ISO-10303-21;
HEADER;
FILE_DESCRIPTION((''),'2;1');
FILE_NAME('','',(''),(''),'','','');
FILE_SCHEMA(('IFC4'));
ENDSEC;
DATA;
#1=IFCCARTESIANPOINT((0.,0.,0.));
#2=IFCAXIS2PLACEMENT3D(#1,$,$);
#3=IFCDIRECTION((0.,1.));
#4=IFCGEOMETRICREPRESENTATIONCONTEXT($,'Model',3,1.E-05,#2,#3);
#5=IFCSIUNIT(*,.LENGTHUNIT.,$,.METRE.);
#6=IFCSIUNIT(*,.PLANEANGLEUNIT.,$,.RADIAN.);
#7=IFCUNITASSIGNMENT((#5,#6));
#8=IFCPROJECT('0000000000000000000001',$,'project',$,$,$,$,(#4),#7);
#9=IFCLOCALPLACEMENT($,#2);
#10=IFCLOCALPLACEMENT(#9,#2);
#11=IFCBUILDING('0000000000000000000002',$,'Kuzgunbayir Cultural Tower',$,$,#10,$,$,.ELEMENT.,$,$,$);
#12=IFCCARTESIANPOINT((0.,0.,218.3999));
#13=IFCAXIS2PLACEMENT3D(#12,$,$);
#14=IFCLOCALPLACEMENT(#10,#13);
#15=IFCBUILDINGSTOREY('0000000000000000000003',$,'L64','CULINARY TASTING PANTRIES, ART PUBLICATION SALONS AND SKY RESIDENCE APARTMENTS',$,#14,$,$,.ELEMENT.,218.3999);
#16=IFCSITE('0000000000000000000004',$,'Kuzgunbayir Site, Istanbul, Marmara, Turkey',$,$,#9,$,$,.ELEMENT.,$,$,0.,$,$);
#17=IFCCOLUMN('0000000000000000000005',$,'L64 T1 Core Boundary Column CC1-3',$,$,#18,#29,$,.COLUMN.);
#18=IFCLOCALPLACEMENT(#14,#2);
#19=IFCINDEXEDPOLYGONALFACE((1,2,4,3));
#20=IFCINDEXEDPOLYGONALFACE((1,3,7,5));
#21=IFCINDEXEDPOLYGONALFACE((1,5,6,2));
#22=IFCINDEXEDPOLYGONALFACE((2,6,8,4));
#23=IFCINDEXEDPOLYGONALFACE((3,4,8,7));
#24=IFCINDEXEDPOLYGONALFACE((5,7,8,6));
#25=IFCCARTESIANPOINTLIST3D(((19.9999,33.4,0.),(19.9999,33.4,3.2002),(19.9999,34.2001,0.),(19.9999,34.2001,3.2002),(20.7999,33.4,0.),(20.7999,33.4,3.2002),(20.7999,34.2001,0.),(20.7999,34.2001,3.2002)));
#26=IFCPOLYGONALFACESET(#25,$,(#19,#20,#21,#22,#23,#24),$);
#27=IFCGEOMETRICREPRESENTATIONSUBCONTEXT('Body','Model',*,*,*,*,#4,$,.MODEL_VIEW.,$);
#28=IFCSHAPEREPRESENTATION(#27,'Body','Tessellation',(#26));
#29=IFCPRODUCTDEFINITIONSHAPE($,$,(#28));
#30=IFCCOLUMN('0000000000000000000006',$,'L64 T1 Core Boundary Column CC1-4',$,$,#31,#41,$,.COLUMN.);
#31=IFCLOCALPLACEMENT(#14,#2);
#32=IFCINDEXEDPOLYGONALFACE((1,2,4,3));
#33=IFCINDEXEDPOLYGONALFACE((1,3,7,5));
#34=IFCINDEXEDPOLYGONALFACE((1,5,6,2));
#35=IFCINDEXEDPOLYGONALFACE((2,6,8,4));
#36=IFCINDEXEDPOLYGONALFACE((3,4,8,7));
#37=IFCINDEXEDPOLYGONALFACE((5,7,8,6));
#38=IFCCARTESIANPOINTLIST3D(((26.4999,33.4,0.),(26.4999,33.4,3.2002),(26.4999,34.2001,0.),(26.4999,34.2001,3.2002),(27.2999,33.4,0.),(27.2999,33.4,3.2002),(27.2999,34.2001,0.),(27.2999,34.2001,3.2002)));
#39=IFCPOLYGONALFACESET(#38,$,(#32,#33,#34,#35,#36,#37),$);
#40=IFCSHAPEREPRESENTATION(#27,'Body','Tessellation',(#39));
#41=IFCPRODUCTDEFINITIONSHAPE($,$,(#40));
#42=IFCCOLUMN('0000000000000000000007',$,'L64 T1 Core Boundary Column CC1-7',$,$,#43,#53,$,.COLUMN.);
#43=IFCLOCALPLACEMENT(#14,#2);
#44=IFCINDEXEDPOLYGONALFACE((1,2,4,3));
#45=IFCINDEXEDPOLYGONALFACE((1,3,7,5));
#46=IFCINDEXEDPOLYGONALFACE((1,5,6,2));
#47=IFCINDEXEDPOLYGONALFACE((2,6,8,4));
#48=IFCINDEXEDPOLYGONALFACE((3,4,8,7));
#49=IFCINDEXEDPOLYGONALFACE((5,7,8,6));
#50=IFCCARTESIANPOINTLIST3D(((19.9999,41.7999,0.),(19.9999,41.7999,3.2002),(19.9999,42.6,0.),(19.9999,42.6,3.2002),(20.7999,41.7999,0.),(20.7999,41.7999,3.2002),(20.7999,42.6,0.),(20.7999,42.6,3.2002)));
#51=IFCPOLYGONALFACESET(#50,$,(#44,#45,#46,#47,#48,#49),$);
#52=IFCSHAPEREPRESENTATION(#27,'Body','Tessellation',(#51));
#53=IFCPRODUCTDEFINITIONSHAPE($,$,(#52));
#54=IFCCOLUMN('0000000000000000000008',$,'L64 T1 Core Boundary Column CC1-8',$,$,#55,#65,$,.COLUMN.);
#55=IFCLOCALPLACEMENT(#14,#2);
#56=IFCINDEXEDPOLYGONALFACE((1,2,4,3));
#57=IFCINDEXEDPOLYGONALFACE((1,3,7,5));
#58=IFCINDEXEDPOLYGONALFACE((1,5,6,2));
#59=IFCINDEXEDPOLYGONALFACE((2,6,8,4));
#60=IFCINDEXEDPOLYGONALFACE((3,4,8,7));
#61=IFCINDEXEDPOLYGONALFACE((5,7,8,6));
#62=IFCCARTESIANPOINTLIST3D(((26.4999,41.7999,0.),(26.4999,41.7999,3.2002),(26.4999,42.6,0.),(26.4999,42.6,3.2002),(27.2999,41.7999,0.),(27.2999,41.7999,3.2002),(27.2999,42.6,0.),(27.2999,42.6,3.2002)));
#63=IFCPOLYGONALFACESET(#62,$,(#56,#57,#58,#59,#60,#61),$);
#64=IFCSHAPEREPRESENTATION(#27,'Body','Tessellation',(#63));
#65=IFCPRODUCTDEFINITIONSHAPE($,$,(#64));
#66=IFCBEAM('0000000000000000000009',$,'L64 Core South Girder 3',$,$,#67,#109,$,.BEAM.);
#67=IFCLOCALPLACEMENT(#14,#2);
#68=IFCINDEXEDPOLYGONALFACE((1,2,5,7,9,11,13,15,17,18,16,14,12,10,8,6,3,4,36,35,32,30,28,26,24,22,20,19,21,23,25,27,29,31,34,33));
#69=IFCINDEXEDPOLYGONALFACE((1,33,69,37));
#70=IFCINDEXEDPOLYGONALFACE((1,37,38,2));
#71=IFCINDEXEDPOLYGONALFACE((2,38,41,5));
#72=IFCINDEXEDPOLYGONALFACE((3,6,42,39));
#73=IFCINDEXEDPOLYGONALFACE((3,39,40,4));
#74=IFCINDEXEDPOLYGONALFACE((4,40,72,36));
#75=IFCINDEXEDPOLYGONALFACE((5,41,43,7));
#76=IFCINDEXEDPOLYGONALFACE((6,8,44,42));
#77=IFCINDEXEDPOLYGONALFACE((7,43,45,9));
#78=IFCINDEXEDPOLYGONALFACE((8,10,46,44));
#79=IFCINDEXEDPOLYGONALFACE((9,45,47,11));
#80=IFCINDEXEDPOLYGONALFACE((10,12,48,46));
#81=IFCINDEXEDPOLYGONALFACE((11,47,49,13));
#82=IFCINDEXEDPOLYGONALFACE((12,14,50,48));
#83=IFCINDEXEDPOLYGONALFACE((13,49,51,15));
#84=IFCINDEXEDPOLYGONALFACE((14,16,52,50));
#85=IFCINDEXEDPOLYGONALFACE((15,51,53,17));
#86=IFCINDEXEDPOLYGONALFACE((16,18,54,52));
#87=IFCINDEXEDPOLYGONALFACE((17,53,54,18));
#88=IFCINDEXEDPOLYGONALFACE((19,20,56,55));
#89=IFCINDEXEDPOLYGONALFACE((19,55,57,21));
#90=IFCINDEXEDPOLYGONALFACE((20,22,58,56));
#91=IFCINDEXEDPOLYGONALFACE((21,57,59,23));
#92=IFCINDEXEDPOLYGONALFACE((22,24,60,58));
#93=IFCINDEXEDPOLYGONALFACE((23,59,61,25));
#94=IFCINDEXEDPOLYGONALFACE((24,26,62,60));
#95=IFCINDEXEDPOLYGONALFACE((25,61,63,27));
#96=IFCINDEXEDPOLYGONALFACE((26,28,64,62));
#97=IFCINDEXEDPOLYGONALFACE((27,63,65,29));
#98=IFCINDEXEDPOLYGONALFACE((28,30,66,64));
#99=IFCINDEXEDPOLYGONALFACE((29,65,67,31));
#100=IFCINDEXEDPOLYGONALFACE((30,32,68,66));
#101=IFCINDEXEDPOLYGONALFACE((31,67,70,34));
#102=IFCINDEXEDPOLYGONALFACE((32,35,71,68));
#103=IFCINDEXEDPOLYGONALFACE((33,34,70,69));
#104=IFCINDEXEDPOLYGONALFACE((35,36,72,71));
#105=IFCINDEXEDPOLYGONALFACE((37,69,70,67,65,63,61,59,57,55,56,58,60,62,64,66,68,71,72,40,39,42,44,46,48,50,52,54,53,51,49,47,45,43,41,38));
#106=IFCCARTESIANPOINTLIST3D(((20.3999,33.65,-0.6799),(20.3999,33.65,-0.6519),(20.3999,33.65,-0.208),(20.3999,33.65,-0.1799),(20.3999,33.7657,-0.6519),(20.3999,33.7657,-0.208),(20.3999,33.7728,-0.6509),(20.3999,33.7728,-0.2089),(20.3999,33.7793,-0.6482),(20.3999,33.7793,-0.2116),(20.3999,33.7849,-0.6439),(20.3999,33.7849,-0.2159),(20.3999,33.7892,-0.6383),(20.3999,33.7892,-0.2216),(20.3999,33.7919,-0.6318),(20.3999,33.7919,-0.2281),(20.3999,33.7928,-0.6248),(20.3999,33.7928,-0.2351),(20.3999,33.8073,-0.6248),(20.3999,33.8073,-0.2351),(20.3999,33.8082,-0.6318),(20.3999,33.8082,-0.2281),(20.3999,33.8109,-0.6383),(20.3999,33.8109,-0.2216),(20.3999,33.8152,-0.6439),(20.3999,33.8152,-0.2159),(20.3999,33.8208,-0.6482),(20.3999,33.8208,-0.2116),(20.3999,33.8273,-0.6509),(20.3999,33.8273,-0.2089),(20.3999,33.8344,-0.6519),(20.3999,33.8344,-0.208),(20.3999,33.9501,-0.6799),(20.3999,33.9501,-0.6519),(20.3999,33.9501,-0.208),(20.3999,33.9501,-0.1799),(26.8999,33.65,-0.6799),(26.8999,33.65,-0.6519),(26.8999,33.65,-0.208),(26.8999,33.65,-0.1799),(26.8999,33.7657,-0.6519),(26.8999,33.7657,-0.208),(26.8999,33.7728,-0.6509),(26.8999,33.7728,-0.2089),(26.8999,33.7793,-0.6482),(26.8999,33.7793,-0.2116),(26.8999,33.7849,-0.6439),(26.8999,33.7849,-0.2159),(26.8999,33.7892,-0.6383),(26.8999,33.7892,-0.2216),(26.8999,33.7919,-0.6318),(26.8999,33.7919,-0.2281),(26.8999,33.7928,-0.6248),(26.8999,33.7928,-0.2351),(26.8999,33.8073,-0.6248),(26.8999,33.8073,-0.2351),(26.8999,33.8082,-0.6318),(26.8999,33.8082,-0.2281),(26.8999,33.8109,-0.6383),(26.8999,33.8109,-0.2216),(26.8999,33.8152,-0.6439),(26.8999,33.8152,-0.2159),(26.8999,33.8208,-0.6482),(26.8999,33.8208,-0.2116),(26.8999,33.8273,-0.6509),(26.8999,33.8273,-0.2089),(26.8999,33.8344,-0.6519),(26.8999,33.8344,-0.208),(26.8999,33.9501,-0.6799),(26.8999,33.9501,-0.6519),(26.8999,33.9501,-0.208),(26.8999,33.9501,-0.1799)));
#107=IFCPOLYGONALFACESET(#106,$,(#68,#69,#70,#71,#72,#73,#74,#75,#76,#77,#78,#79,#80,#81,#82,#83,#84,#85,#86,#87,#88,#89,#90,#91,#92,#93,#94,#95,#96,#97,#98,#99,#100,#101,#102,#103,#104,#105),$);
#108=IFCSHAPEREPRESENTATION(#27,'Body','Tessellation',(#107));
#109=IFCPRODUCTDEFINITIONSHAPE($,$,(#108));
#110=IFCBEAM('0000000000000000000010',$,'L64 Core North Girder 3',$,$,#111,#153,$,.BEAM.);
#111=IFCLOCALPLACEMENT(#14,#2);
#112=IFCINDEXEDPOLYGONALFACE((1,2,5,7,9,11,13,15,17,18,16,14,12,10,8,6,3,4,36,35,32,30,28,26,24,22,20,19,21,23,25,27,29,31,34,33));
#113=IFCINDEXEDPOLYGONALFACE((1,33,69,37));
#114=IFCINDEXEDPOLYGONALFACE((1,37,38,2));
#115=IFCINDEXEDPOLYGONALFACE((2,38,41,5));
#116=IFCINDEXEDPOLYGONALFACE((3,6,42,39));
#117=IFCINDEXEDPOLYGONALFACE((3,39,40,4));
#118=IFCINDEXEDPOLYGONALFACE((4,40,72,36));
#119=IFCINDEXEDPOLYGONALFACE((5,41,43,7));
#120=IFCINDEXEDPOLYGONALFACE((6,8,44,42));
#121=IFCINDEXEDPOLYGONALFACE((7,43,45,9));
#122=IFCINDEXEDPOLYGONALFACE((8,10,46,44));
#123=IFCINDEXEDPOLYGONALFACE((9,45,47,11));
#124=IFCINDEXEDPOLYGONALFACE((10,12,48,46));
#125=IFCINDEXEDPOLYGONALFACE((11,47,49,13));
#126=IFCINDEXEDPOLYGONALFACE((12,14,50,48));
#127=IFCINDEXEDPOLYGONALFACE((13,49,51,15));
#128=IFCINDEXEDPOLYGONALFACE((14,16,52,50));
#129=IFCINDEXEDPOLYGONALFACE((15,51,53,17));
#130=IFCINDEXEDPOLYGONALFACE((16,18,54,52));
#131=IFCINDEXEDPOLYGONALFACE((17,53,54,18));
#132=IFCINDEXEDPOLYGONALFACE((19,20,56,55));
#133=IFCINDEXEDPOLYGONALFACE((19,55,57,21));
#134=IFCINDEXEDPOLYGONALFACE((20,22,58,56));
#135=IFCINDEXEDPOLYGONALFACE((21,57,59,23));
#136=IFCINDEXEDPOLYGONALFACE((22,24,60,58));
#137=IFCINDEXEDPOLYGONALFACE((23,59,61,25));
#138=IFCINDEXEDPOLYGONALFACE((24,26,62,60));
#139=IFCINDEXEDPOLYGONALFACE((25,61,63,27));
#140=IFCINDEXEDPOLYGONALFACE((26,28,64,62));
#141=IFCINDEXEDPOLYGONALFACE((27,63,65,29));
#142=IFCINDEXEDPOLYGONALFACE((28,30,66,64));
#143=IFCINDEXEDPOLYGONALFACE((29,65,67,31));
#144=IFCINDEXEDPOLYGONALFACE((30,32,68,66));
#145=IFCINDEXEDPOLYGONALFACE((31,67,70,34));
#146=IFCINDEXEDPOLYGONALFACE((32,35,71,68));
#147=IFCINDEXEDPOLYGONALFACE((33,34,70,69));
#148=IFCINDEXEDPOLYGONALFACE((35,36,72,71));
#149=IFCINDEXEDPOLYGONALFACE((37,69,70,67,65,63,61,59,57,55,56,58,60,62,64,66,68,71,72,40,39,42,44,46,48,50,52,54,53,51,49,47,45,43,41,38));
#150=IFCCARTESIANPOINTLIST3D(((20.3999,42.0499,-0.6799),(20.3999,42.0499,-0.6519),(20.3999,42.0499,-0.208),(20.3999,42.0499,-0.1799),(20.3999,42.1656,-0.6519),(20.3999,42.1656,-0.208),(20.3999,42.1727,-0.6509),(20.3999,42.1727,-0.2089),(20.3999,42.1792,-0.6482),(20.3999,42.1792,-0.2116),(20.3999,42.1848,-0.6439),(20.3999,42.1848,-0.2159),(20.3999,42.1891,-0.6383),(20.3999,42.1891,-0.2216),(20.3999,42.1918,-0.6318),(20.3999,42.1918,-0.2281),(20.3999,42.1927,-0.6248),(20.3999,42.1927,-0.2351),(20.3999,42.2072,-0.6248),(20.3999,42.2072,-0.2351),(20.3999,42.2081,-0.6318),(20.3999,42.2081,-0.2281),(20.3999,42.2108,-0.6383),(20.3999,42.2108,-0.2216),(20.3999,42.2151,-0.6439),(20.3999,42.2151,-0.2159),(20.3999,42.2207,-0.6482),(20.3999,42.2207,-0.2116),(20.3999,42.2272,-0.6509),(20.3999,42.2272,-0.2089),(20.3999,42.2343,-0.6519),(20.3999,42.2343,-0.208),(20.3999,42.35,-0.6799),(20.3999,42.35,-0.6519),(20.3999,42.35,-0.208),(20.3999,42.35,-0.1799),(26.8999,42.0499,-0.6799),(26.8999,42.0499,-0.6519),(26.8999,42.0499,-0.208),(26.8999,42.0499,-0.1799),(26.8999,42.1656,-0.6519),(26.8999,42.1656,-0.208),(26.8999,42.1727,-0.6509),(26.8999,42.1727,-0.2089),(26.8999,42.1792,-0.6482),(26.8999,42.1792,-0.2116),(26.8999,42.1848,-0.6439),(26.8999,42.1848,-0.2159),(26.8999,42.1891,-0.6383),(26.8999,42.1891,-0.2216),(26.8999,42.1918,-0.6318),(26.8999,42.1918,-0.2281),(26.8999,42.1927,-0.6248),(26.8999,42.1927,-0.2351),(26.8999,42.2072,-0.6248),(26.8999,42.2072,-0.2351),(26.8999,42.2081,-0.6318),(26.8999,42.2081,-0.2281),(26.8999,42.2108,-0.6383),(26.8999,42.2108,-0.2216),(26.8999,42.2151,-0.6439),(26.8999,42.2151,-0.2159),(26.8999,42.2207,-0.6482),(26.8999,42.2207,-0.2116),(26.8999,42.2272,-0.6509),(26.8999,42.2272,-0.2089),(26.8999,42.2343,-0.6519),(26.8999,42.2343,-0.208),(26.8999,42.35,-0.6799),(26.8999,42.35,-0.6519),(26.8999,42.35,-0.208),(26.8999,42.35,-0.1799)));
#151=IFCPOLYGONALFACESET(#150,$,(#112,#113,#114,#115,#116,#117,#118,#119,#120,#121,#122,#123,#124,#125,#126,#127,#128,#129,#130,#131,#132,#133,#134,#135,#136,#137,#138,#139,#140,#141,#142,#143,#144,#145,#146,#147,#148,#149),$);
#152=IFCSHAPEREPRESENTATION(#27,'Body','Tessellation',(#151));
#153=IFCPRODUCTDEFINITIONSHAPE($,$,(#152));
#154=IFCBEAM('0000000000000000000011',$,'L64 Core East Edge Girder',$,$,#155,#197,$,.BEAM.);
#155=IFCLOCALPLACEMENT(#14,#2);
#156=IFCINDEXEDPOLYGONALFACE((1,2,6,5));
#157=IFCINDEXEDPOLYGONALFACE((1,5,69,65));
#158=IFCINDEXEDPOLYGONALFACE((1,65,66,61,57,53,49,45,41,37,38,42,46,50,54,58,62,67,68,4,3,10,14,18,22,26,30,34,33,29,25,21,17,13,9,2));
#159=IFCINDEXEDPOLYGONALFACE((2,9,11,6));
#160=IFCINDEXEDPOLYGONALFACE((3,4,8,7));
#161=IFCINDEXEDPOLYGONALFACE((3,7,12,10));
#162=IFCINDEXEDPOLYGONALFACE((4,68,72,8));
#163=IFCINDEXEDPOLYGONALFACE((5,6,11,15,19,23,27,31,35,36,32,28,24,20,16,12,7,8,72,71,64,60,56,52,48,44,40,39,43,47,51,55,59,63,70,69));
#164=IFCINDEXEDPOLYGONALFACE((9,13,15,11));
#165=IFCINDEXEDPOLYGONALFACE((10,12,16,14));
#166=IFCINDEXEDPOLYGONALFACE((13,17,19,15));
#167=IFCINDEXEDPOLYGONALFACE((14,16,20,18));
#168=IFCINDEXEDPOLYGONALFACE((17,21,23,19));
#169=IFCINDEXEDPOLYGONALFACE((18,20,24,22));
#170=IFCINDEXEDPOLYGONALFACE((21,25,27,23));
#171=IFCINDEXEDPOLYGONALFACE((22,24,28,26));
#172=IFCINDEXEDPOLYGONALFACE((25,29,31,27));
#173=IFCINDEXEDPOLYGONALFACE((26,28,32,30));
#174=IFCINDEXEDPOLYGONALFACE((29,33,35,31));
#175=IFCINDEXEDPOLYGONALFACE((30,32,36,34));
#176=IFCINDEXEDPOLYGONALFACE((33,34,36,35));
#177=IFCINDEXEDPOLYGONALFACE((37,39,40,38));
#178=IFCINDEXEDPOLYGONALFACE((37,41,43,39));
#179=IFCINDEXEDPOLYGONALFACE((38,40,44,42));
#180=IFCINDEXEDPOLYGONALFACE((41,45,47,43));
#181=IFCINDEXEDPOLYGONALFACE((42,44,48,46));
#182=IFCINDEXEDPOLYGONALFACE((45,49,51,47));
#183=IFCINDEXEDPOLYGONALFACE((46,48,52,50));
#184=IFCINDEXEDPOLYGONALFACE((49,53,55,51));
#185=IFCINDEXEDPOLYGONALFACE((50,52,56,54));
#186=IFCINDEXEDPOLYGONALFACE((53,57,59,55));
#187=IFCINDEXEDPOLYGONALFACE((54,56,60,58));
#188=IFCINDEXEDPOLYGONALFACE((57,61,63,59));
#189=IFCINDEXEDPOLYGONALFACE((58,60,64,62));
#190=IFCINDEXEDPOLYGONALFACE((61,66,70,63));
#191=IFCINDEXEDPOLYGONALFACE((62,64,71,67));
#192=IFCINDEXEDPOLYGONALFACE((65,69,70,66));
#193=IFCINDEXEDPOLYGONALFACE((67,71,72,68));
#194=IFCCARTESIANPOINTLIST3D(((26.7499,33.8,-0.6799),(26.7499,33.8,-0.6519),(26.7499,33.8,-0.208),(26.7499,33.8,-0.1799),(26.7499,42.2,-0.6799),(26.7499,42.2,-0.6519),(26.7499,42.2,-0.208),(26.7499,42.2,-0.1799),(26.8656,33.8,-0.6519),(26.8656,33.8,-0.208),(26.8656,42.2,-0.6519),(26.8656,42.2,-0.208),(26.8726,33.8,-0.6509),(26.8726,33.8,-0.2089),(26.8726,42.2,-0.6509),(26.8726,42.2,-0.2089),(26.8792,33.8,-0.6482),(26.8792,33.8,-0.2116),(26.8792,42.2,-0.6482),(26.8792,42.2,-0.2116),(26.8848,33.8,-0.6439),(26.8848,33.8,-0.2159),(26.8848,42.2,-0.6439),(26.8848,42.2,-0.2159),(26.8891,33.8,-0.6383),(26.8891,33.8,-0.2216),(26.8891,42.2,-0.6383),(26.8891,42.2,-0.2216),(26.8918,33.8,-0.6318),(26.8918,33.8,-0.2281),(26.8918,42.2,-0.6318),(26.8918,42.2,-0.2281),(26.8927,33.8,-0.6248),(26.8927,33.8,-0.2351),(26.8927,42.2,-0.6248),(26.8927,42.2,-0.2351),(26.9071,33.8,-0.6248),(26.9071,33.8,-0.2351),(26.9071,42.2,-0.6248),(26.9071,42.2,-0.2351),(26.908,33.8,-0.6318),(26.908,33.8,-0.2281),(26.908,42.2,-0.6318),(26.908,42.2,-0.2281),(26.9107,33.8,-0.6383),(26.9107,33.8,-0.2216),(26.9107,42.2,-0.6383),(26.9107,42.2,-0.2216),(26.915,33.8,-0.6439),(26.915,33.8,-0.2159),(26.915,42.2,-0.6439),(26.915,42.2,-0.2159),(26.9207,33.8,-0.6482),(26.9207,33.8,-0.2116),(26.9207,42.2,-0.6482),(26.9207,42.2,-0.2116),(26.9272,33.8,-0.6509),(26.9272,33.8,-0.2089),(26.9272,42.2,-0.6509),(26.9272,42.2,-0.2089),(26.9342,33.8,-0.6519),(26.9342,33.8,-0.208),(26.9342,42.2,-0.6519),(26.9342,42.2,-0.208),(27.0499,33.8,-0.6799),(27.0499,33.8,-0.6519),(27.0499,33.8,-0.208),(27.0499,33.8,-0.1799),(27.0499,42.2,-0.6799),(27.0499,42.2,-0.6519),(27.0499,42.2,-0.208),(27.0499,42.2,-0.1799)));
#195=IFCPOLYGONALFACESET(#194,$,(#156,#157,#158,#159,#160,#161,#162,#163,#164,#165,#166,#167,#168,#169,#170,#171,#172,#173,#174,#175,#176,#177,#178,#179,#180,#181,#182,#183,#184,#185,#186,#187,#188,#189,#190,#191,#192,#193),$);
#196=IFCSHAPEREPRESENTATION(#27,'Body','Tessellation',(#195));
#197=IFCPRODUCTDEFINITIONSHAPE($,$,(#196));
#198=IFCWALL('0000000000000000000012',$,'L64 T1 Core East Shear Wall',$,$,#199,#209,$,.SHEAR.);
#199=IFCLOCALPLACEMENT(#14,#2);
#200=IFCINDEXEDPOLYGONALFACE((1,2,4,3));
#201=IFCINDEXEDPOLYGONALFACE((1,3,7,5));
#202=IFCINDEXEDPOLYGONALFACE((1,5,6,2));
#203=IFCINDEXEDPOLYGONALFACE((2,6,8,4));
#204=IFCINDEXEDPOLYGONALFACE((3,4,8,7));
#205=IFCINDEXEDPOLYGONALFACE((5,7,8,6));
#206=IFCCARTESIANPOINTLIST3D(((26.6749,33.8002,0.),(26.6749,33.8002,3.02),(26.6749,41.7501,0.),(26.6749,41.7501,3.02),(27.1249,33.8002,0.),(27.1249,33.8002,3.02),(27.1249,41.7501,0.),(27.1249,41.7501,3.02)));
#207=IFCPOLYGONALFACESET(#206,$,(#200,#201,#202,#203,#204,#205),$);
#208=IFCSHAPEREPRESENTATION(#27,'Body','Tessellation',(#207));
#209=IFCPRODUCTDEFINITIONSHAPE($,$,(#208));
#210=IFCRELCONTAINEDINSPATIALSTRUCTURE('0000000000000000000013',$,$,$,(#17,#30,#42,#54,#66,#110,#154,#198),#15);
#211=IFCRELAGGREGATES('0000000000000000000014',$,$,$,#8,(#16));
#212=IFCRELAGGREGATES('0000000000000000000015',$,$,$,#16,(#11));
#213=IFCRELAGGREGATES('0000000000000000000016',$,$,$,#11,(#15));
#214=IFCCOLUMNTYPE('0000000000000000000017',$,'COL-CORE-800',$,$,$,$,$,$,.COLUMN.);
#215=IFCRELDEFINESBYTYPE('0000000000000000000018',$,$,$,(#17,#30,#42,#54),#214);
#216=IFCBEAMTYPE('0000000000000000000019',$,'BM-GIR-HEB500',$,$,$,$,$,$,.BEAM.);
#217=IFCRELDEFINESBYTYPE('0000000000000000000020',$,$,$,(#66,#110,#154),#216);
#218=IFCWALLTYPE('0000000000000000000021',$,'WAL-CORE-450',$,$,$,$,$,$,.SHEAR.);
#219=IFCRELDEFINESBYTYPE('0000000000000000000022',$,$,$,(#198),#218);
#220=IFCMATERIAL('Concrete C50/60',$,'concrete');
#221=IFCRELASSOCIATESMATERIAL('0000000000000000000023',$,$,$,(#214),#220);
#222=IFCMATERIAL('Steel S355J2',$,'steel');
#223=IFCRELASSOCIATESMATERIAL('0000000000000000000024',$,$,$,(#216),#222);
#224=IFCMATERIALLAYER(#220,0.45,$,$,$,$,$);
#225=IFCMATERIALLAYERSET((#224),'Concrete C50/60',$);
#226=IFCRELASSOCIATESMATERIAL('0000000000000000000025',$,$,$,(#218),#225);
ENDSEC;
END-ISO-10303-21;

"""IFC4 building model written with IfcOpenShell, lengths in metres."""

from ifc_helpers import new_model, si_unit, direction, frame, frame_2d, origin, origin_2d, place, context, subcontext, project, spatial, rectangle, i_section, extrude, material, layer, layer_set, material_profile, profile_set, type_object, element, save


model = new_model("IFC4")

# Units and contexts
model_context = context("Model", 3, precision=1e-05, world=origin(), true_north=direction((0.0, 1.0)))
body_context = subcontext(model_context, "Body", "Model", "MODEL_VIEW")
ifc_project = project(units=[si_unit("LENGTHUNIT", "METRE"), si_unit("PLANEANGLEUNIT", "RADIAN")], contexts=[model_context])

# Site, building, storey
site_placement = place(None, origin())
site = spatial("IfcSite", under=ifc_project, at=site_placement, Name="Kuzgunbayir Site, Istanbul, Marmara, Turkey", CompositionType="ELEMENT", RefElevation=0.0)
building_placement = place(site_placement, origin())
building = spatial("IfcBuilding", under=site, at=building_placement, Name="Kuzgunbayir Cultural Tower", CompositionType="ELEMENT")
storey_placement = place(building_placement, frame((0.0, 0.0, 218.3999)))
storey = spatial("IfcBuildingStorey", under=building, at=storey_placement, Name="L64", Description="CULINARY TASTING PANTRIES, ART PUBLICATION SALONS AND SKY RESIDENCE APARTMENTS", CompositionType="ELEMENT", Elevation=218.3999)

# Columns
ifc_material_1 = material(Name="Concrete C50/60", Category="concrete")
ifc_material_profile_1 = material_profile(ifc_material_1, rectangle(XDim=0.8, YDim=0.8, at=origin_2d()), Name="RC 800x800")
ifc_profile_set_1 = profile_set([ifc_material_profile_1], Name="Concrete C50/60")
column_type = type_object("IfcColumnType", Name="COL-CORE-800", PredefinedType="COLUMN", material=ifc_profile_set_1)
for number, where, z_axis, x_axis, name in (
    (1, (20.3999, 33.8, 0.0), (0.0, 0.0, 1.0), (1.0, 0.0, 0.0), "L64 T1 Core Boundary Column CC1-3"),
    (2, (26.8999, 33.8, 0.0), (0.0, 0.0, 1.0), (1.0, 0.0, 0.0), "L64 T1 Core Boundary Column CC1-4"),
    (3, (20.3999, 42.2, 0.0), (0.0, 0.0, 1.0), (1.0, 0.0, 0.0), "L64 T1 Core Boundary Column CC1-7"),
    (4, (26.8999, 42.2, 0.0), (0.0, 0.0, 1.0), (1.0, 0.0, 0.0), "L64 T1 Core Boundary Column CC1-8"),
):
    element("IfcColumn", number, at=place(storey_placement, frame(where, z_axis=z_axis, x_axis=x_axis)), inside=storey, type_object=column_type, Name=name, PredefinedType="COLUMN", context=body_context, shape_type="SweptSolid", body=[
        extrude(rectangle(XDim=0.8, YDim=0.8, at=origin_2d()), origin(), (0.0, 0.0, 1.0), 3.2002),
    ])

# Beams
ifc_material_2 = material(Name="Steel S355J2", Category="steel")
ifc_material_profile_2 = material_profile(ifc_material_2, i_section(OverallWidth=0.3, OverallDepth=0.5, WebThickness=0.0144, FlangeThickness=0.0281, FilletRadius=0.0271, at=origin_2d()), Name="HEB 500")
ifc_profile_set_2 = profile_set([ifc_material_profile_2], Name="Steel S355J2")
beam_type = type_object("IfcBeamType", Name="BM-GIR-HEB500", PredefinedType="BEAM", material=ifc_profile_set_2)
for number, where, z_axis, x_axis, name in (
    (5, (20.3999, 33.8, -0.4299), (1.0, 0.0, 0.0), (0.0, 1.0, 0.0), "L64 Core South Girder 3"),
    (6, (20.3999, 42.2, -0.4299), (1.0, 0.0, 0.0), (0.0, 1.0, 0.0), "L64 Core North Girder 3"),
):
    element("IfcBeam", number, at=place(storey_placement, frame(where, z_axis=z_axis, x_axis=x_axis)), inside=storey, type_object=beam_type, Name=name, PredefinedType="BEAM", context=body_context, shape_type="SweptSolid", body=[
        extrude(i_section(OverallWidth=0.3, OverallDepth=0.5, WebThickness=0.0144, FlangeThickness=0.0281, FilletRadius=0.0271, at=origin_2d()), origin(), (0.0, 0.0, 1.0), 6.5),
    ])
beam_placement = place(storey_placement, frame((26.8999, 33.8, -0.4299), z_axis=(0.0, 1.0, 0.0), x_axis=(-1.0, 0.0, 0.0)))
element("IfcBeam", 7, at=beam_placement, inside=storey, type_object=beam_type, Name="L64 Core East Edge Girder", PredefinedType="BEAM", context=body_context, shape_type="SweptSolid", body=[
    extrude(i_section(OverallWidth=0.3, OverallDepth=0.5, WebThickness=0.0144, FlangeThickness=0.0281, FilletRadius=0.0271, at=origin_2d()), origin(), (0.0, 0.0, 1.0), 8.3999),
])

# Wall
ifc_layer_1 = layer(ifc_material_1, 0.45)
ifc_layer_set_1 = layer_set([ifc_layer_1], Name="Concrete C50/60")
wall_type_1 = type_object("IfcWallType", Name="WAL-CORE-450", PredefinedType="SHEAR", material=ifc_layer_set_1)
wall_1_placement = place(storey_placement, frame((26.8999, 33.8, 0.0), z_axis=(0.0, 0.0, 1.0), x_axis=(0.0, 1.0, 0.0)))
element("IfcWall", 8, at=wall_1_placement, inside=storey, type_object=wall_type_1, Name="L64 T1 Core East Shear Wall", PredefinedType="SHEAR", context=body_context, shape_type="SweptSolid", body=[
    extrude(rectangle(XDim=7.95, YDim=0.45, at=frame_2d((3.9751, 0.0))), origin(), (0.0, 0.0, 1.0), 3.02),
])

save(model, "model.ifc")
